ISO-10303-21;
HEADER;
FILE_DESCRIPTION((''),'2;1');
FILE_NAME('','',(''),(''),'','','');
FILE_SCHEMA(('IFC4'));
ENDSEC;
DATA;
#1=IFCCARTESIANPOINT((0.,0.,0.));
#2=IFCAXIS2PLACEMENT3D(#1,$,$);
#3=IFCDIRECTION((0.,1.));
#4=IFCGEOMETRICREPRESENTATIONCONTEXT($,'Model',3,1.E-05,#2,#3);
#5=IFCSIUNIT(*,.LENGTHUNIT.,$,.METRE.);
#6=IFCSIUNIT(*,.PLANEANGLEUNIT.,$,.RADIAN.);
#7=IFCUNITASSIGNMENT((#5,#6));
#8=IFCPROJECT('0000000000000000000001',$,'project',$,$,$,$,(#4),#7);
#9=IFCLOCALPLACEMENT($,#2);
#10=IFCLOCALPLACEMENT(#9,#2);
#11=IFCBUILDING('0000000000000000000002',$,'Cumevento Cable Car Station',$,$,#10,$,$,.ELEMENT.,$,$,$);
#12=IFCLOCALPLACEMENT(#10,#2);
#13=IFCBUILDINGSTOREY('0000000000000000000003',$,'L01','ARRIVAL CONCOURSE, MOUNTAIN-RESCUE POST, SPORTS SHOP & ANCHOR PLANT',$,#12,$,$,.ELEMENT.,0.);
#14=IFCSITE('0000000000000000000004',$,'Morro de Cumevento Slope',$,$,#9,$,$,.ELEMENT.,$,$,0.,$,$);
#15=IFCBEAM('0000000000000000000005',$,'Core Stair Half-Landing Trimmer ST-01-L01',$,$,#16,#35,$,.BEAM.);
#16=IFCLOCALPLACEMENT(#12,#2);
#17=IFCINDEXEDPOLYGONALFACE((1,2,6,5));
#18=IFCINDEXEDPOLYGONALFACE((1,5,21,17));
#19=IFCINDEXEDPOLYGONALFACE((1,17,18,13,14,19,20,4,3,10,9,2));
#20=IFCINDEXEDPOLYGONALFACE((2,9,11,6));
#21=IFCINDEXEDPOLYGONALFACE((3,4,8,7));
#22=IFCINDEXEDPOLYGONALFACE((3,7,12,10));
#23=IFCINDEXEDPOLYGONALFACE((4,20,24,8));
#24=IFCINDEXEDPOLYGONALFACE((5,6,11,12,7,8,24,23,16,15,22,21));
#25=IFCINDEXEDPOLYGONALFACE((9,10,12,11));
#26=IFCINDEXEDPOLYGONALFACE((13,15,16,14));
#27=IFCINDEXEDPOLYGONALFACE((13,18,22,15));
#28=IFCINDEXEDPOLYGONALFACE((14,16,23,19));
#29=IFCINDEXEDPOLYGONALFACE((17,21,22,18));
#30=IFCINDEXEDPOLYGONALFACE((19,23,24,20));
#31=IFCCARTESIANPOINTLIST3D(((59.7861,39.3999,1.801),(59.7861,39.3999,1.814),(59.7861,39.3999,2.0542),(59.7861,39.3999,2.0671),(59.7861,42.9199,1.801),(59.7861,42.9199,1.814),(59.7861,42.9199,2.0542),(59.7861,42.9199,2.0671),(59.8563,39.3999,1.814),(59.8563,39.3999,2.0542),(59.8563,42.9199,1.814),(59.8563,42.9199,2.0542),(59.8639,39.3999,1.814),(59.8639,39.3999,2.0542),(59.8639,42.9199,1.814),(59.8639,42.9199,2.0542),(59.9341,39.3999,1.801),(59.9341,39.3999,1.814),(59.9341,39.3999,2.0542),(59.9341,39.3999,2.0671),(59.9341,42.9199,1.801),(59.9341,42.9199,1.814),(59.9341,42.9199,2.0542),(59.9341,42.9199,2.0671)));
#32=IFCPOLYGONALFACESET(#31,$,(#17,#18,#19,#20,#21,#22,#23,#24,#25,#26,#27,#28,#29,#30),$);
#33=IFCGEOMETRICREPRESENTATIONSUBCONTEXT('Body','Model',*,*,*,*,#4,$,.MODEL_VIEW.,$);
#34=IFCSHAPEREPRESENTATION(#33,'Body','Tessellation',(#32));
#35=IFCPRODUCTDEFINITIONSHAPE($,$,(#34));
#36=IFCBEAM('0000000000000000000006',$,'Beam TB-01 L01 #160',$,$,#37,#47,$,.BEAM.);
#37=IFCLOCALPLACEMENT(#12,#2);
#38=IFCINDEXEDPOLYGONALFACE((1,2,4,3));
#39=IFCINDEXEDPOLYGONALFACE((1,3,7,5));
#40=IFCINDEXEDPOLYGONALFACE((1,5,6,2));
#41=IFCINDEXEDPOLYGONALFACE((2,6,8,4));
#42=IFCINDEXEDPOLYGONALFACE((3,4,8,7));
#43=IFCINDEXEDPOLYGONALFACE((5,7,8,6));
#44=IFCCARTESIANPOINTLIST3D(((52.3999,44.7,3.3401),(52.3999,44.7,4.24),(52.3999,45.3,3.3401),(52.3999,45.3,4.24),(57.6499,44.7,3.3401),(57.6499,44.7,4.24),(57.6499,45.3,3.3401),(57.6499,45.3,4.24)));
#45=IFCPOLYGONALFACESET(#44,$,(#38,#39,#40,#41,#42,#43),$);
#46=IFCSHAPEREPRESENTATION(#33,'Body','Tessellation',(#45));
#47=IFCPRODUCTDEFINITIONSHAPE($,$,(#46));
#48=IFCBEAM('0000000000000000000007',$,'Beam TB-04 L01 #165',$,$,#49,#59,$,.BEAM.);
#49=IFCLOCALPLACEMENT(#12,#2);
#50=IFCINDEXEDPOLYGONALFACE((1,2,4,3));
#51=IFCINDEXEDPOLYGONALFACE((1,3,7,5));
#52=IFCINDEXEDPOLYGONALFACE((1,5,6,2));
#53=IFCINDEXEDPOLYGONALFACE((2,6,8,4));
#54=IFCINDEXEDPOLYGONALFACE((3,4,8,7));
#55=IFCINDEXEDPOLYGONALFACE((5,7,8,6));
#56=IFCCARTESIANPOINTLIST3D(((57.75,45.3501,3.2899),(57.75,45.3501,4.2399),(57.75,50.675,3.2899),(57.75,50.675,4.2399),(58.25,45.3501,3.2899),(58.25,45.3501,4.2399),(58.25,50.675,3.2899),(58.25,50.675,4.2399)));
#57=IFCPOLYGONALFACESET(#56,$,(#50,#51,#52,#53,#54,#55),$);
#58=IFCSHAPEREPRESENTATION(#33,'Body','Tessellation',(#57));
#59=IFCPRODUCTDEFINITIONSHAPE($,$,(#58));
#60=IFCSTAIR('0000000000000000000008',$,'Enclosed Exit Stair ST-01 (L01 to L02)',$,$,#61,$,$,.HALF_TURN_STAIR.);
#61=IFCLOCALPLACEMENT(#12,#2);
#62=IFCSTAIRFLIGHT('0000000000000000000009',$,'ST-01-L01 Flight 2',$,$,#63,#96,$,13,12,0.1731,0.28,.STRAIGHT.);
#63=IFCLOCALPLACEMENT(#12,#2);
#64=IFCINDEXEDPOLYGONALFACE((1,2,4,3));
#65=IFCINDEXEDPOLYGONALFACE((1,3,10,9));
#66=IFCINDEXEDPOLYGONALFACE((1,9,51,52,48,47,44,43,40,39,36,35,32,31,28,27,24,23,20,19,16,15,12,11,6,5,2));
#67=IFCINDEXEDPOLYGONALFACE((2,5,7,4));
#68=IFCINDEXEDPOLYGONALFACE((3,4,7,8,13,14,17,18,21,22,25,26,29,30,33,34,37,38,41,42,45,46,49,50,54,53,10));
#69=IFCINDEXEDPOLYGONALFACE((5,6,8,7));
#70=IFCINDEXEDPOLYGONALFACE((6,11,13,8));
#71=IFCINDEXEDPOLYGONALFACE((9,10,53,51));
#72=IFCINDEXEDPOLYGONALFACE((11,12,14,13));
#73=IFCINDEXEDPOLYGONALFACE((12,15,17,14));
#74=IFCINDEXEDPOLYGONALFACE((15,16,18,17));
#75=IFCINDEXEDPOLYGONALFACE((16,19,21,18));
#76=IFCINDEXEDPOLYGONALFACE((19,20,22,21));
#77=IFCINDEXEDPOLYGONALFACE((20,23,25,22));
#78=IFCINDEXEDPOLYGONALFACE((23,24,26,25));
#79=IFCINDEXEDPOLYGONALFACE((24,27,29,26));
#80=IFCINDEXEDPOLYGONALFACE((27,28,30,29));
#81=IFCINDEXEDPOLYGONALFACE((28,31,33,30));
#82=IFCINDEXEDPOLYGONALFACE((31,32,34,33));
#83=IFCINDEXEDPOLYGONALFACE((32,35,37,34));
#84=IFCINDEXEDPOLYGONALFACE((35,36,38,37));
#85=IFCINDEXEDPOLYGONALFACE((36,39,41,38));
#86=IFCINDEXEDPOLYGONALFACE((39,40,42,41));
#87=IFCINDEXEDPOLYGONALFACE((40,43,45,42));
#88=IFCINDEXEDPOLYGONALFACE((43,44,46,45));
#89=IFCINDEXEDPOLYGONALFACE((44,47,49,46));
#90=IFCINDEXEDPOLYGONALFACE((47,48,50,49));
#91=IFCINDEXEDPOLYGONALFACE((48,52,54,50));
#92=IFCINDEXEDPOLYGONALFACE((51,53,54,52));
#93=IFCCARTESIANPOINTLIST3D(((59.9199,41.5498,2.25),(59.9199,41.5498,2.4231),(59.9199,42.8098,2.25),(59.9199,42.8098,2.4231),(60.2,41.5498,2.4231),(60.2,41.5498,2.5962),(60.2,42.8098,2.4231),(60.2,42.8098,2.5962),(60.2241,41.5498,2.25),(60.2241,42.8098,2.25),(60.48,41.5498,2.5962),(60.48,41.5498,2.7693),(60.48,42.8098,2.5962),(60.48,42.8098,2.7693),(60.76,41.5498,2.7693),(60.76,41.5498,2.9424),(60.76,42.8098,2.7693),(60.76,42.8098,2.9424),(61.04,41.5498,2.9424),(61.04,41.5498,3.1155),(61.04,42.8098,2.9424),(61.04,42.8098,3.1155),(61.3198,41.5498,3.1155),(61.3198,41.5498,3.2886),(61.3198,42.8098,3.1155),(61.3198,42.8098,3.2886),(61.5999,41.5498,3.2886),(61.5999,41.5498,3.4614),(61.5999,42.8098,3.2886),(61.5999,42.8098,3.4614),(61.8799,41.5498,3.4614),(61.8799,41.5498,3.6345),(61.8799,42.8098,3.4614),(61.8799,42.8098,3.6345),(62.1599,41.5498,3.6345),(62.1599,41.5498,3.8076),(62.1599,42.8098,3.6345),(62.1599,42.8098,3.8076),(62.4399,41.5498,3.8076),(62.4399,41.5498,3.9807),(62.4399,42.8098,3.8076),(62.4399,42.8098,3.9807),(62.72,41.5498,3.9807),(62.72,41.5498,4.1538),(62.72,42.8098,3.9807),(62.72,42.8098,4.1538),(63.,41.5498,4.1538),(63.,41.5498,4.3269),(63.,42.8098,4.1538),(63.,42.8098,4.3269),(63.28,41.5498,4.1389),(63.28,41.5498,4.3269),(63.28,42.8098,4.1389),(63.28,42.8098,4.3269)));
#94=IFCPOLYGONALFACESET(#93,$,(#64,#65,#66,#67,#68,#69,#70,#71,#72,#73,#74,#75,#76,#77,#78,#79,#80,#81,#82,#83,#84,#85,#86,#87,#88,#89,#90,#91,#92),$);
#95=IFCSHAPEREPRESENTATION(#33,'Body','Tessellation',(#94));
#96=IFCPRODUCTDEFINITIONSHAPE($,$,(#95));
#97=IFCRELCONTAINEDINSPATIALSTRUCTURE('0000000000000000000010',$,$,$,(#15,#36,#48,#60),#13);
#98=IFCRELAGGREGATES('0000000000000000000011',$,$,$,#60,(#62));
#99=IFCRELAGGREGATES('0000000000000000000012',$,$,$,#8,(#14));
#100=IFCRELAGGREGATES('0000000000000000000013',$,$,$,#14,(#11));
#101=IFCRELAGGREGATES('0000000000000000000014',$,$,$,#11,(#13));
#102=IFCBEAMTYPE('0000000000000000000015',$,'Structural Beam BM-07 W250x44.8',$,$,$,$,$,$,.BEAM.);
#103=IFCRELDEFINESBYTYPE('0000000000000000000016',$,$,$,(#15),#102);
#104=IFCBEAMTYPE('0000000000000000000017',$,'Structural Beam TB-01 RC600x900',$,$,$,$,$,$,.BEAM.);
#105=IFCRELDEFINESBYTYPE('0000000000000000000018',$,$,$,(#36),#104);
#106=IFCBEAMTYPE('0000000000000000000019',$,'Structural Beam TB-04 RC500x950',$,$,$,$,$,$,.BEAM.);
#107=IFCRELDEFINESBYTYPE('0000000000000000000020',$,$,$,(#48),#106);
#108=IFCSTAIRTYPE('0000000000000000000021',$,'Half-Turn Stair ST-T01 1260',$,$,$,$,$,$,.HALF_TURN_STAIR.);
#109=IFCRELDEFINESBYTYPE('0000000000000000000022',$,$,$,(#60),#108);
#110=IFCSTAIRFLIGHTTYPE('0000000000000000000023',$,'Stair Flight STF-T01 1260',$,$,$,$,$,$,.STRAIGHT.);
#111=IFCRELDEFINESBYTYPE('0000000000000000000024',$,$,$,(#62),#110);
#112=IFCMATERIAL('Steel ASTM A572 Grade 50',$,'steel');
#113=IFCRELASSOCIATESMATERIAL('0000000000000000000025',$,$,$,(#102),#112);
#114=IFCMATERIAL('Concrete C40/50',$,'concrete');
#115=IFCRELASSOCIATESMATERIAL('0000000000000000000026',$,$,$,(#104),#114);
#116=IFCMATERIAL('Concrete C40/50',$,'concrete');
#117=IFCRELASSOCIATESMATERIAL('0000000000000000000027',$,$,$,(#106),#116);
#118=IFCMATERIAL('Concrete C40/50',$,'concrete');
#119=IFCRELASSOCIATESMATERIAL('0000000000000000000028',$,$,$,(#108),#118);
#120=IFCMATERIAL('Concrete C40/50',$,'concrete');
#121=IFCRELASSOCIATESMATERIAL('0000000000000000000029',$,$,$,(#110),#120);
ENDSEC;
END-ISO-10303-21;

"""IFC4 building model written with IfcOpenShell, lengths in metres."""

from ifc_helpers import new_model, si_unit, direction, frame, origin, origin_2d, place, context, subcontext, project, spatial, polyline, rectangle, i_section, outline, extrude, material, material_profile, profile_set, type_object, element, aggregate, save


model = new_model("IFC4")

# Units and contexts
model_context = context("Model", 3, precision=1e-05, world=origin(), true_north=direction((0.0, 1.0)))
body_context = subcontext(model_context, "Body", "Model", "MODEL_VIEW")
ifc_project = project(units=[si_unit("LENGTHUNIT", "METRE"), si_unit("PLANEANGLEUNIT", "RADIAN")], contexts=[model_context])

# Site, building, storey
site_placement = place(None, origin())
site = spatial("IfcSite", under=ifc_project, at=site_placement, Name="Morro de Cumevento Slope", CompositionType="ELEMENT", RefElevation=0.0)
building_placement = place(site_placement, origin())
building = spatial("IfcBuilding", under=site, at=building_placement, Name="Cumevento Cable Car Station", CompositionType="ELEMENT")
storey_placement = place(building_placement, origin())
storey = spatial("IfcBuildingStorey", under=building, at=storey_placement, Name="L01", Description="ARRIVAL CONCOURSE, MOUNTAIN-RESCUE POST, SPORTS SHOP & ANCHOR PLANT", CompositionType="ELEMENT", Elevation=0.0)

# Beams
ifc_material_1 = material(Name="Steel ASTM A572 Grade 50", Category="steel")
ifc_material_profile_1 = material_profile(ifc_material_1, i_section(OverallWidth=0.1479, OverallDepth=0.2661, WebThickness=0.0076, FlangeThickness=0.0129, at=origin_2d()), Name="W250x44.8")
ifc_profile_set_1 = profile_set([ifc_material_profile_1], Name="Steel ASTM A572 Grade 50")
beam_type_1 = type_object("IfcBeamType", Name="Structural Beam BM-07 W250x44.8", PredefinedType="BEAM", material=ifc_profile_set_1)
beam_1_placement = place(storey_placement, frame((59.8601, 39.3999, 1.9341), z_axis=(0.0, 1.0, 0.0), x_axis=(-1.0, 0.0, 0.0)))
element("IfcBeam", 1, at=beam_1_placement, inside=storey, type_object=beam_type_1, Name="Core Stair Half-Landing Trimmer ST-01-L01", PredefinedType="BEAM", context=body_context, shape_type="SweptSolid", body=[
    extrude(i_section(OverallWidth=0.1479, OverallDepth=0.2661, WebThickness=0.0076, FlangeThickness=0.0129, at=origin_2d()), origin(), (0.0, 0.0, 1.0), 3.52),
])
ifc_material_2 = material(Name="Concrete C40/50", Category="concrete")
ifc_material_profile_2 = material_profile(ifc_material_2, rectangle(XDim=0.6001, YDim=0.8999, at=origin_2d()), Name="RC600x900")
ifc_profile_set_2 = profile_set([ifc_material_profile_2], Name="Concrete C40/50")
beam_type_2 = type_object("IfcBeamType", Name="Structural Beam TB-01 RC600x900", PredefinedType="BEAM", material=ifc_profile_set_2)
beam_2_placement = place(storey_placement, frame((52.3999, 45.0, 3.79), z_axis=(1.0, 0.0, 0.0), x_axis=(0.0, 1.0, 0.0)))
element("IfcBeam", 2, at=beam_2_placement, inside=storey, type_object=beam_type_2, Name="Beam TB-01 L01 #160", PredefinedType="BEAM", context=body_context, shape_type="SweptSolid", body=[
    extrude(rectangle(XDim=0.6001, YDim=0.8999, at=origin_2d()), origin(), (0.0, 0.0, 1.0), 5.25),
])
ifc_material_3 = material(Name="Concrete C40/50", Category="concrete")
ifc_material_profile_3 = material_profile(ifc_material_3, rectangle(XDim=0.5, YDim=0.95, at=origin_2d()), Name="RC500x950")
ifc_profile_set_3 = profile_set([ifc_material_profile_3], Name="Concrete C40/50")
beam_type_3 = type_object("IfcBeamType", Name="Structural Beam TB-04 RC500x950", PredefinedType="BEAM", material=ifc_profile_set_3)
beam_3_placement = place(storey_placement, frame((58.0, 45.3501, 3.7649), z_axis=(0.0, 1.0, 0.0), x_axis=(-1.0, 0.0, 0.0)))
element("IfcBeam", 3, at=beam_3_placement, inside=storey, type_object=beam_type_3, Name="Beam TB-04 L01 #165", PredefinedType="BEAM", context=body_context, shape_type="SweptSolid", body=[
    extrude(rectangle(XDim=0.5, YDim=0.95, at=origin_2d()), origin(), (0.0, 0.0, 1.0), 5.325),
])

# Stair, stair flight
ifc_material_4 = material(Name="Concrete C40/50", Category="concrete")
stair_type = type_object("IfcStairType", Name="Half-Turn Stair ST-T01 1260", PredefinedType="HALF_TURN_STAIR", material=ifc_material_4)
stair_placement = place(storey_placement, origin())
stair = element("IfcStair", 4, at=stair_placement, inside=storey, type_object=stair_type, Name="Enclosed Exit Stair ST-01 (L01 to L02)", PredefinedType="HALF_TURN_STAIR")
ifc_material_5 = material(Name="Concrete C40/50", Category="concrete")
stair_flight_type = type_object("IfcStairFlightType", Name="Stair Flight STF-T01 1260", PredefinedType="STRAIGHT", material=ifc_material_5)
stair_flight_placement = place(storey_placement, frame((59.9199, 42.1799, 2.25), z_axis=(0.0, 0.0, 1.0), x_axis=(1.0, 0.0, 0.0)))
stair_flight = element("IfcStairFlight", 5, at=stair_flight_placement, type_object=stair_flight_type, Name="ST-01-L01 Flight 2", NumberOfRisers=13, NumberOfTreads=12, PredefinedType="STRAIGHT", RiserHeight=0.1731, TreadLength=0.28, context=body_context, shape_type="SweptSolid", body=[
    extrude(outline(polyline([(0.0, 0.0), (0.0, 0.1731), (0.28, 0.1731), (0.28, 0.3462), (0.5601, 0.3462), (0.5601, 0.5193), (0.8401, 0.5193), (0.8401, 0.6924), (1.1201, 0.6924), (1.1201, 0.8655), (1.3999, 0.8655), (1.3999, 1.0386), (1.6799, 1.0386), (1.6799, 1.2114), (1.96, 1.2114), (1.96, 1.3845), (2.24, 1.3845), (2.24, 1.5576), (2.52, 1.5576), (2.52, 1.7307), (2.8, 1.7307), (2.8, 1.9038), (3.0801, 1.9038), (3.0801, 2.0769), (3.3601, 2.0769), (3.3601, 2.25), (3.3601, 1.8889), (0.3042, 0.0), (0.0, 0.0)])), frame((0.0, 0.6299, 0.0), z_axis=(0.0, -1.0, 0.0), x_axis=(1.0, 0.0, 0.0)), (0.0, 0.0, 1.0), 1.26),
])
aggregate(stair, [stair_flight])

save(model, "model.ifc")
